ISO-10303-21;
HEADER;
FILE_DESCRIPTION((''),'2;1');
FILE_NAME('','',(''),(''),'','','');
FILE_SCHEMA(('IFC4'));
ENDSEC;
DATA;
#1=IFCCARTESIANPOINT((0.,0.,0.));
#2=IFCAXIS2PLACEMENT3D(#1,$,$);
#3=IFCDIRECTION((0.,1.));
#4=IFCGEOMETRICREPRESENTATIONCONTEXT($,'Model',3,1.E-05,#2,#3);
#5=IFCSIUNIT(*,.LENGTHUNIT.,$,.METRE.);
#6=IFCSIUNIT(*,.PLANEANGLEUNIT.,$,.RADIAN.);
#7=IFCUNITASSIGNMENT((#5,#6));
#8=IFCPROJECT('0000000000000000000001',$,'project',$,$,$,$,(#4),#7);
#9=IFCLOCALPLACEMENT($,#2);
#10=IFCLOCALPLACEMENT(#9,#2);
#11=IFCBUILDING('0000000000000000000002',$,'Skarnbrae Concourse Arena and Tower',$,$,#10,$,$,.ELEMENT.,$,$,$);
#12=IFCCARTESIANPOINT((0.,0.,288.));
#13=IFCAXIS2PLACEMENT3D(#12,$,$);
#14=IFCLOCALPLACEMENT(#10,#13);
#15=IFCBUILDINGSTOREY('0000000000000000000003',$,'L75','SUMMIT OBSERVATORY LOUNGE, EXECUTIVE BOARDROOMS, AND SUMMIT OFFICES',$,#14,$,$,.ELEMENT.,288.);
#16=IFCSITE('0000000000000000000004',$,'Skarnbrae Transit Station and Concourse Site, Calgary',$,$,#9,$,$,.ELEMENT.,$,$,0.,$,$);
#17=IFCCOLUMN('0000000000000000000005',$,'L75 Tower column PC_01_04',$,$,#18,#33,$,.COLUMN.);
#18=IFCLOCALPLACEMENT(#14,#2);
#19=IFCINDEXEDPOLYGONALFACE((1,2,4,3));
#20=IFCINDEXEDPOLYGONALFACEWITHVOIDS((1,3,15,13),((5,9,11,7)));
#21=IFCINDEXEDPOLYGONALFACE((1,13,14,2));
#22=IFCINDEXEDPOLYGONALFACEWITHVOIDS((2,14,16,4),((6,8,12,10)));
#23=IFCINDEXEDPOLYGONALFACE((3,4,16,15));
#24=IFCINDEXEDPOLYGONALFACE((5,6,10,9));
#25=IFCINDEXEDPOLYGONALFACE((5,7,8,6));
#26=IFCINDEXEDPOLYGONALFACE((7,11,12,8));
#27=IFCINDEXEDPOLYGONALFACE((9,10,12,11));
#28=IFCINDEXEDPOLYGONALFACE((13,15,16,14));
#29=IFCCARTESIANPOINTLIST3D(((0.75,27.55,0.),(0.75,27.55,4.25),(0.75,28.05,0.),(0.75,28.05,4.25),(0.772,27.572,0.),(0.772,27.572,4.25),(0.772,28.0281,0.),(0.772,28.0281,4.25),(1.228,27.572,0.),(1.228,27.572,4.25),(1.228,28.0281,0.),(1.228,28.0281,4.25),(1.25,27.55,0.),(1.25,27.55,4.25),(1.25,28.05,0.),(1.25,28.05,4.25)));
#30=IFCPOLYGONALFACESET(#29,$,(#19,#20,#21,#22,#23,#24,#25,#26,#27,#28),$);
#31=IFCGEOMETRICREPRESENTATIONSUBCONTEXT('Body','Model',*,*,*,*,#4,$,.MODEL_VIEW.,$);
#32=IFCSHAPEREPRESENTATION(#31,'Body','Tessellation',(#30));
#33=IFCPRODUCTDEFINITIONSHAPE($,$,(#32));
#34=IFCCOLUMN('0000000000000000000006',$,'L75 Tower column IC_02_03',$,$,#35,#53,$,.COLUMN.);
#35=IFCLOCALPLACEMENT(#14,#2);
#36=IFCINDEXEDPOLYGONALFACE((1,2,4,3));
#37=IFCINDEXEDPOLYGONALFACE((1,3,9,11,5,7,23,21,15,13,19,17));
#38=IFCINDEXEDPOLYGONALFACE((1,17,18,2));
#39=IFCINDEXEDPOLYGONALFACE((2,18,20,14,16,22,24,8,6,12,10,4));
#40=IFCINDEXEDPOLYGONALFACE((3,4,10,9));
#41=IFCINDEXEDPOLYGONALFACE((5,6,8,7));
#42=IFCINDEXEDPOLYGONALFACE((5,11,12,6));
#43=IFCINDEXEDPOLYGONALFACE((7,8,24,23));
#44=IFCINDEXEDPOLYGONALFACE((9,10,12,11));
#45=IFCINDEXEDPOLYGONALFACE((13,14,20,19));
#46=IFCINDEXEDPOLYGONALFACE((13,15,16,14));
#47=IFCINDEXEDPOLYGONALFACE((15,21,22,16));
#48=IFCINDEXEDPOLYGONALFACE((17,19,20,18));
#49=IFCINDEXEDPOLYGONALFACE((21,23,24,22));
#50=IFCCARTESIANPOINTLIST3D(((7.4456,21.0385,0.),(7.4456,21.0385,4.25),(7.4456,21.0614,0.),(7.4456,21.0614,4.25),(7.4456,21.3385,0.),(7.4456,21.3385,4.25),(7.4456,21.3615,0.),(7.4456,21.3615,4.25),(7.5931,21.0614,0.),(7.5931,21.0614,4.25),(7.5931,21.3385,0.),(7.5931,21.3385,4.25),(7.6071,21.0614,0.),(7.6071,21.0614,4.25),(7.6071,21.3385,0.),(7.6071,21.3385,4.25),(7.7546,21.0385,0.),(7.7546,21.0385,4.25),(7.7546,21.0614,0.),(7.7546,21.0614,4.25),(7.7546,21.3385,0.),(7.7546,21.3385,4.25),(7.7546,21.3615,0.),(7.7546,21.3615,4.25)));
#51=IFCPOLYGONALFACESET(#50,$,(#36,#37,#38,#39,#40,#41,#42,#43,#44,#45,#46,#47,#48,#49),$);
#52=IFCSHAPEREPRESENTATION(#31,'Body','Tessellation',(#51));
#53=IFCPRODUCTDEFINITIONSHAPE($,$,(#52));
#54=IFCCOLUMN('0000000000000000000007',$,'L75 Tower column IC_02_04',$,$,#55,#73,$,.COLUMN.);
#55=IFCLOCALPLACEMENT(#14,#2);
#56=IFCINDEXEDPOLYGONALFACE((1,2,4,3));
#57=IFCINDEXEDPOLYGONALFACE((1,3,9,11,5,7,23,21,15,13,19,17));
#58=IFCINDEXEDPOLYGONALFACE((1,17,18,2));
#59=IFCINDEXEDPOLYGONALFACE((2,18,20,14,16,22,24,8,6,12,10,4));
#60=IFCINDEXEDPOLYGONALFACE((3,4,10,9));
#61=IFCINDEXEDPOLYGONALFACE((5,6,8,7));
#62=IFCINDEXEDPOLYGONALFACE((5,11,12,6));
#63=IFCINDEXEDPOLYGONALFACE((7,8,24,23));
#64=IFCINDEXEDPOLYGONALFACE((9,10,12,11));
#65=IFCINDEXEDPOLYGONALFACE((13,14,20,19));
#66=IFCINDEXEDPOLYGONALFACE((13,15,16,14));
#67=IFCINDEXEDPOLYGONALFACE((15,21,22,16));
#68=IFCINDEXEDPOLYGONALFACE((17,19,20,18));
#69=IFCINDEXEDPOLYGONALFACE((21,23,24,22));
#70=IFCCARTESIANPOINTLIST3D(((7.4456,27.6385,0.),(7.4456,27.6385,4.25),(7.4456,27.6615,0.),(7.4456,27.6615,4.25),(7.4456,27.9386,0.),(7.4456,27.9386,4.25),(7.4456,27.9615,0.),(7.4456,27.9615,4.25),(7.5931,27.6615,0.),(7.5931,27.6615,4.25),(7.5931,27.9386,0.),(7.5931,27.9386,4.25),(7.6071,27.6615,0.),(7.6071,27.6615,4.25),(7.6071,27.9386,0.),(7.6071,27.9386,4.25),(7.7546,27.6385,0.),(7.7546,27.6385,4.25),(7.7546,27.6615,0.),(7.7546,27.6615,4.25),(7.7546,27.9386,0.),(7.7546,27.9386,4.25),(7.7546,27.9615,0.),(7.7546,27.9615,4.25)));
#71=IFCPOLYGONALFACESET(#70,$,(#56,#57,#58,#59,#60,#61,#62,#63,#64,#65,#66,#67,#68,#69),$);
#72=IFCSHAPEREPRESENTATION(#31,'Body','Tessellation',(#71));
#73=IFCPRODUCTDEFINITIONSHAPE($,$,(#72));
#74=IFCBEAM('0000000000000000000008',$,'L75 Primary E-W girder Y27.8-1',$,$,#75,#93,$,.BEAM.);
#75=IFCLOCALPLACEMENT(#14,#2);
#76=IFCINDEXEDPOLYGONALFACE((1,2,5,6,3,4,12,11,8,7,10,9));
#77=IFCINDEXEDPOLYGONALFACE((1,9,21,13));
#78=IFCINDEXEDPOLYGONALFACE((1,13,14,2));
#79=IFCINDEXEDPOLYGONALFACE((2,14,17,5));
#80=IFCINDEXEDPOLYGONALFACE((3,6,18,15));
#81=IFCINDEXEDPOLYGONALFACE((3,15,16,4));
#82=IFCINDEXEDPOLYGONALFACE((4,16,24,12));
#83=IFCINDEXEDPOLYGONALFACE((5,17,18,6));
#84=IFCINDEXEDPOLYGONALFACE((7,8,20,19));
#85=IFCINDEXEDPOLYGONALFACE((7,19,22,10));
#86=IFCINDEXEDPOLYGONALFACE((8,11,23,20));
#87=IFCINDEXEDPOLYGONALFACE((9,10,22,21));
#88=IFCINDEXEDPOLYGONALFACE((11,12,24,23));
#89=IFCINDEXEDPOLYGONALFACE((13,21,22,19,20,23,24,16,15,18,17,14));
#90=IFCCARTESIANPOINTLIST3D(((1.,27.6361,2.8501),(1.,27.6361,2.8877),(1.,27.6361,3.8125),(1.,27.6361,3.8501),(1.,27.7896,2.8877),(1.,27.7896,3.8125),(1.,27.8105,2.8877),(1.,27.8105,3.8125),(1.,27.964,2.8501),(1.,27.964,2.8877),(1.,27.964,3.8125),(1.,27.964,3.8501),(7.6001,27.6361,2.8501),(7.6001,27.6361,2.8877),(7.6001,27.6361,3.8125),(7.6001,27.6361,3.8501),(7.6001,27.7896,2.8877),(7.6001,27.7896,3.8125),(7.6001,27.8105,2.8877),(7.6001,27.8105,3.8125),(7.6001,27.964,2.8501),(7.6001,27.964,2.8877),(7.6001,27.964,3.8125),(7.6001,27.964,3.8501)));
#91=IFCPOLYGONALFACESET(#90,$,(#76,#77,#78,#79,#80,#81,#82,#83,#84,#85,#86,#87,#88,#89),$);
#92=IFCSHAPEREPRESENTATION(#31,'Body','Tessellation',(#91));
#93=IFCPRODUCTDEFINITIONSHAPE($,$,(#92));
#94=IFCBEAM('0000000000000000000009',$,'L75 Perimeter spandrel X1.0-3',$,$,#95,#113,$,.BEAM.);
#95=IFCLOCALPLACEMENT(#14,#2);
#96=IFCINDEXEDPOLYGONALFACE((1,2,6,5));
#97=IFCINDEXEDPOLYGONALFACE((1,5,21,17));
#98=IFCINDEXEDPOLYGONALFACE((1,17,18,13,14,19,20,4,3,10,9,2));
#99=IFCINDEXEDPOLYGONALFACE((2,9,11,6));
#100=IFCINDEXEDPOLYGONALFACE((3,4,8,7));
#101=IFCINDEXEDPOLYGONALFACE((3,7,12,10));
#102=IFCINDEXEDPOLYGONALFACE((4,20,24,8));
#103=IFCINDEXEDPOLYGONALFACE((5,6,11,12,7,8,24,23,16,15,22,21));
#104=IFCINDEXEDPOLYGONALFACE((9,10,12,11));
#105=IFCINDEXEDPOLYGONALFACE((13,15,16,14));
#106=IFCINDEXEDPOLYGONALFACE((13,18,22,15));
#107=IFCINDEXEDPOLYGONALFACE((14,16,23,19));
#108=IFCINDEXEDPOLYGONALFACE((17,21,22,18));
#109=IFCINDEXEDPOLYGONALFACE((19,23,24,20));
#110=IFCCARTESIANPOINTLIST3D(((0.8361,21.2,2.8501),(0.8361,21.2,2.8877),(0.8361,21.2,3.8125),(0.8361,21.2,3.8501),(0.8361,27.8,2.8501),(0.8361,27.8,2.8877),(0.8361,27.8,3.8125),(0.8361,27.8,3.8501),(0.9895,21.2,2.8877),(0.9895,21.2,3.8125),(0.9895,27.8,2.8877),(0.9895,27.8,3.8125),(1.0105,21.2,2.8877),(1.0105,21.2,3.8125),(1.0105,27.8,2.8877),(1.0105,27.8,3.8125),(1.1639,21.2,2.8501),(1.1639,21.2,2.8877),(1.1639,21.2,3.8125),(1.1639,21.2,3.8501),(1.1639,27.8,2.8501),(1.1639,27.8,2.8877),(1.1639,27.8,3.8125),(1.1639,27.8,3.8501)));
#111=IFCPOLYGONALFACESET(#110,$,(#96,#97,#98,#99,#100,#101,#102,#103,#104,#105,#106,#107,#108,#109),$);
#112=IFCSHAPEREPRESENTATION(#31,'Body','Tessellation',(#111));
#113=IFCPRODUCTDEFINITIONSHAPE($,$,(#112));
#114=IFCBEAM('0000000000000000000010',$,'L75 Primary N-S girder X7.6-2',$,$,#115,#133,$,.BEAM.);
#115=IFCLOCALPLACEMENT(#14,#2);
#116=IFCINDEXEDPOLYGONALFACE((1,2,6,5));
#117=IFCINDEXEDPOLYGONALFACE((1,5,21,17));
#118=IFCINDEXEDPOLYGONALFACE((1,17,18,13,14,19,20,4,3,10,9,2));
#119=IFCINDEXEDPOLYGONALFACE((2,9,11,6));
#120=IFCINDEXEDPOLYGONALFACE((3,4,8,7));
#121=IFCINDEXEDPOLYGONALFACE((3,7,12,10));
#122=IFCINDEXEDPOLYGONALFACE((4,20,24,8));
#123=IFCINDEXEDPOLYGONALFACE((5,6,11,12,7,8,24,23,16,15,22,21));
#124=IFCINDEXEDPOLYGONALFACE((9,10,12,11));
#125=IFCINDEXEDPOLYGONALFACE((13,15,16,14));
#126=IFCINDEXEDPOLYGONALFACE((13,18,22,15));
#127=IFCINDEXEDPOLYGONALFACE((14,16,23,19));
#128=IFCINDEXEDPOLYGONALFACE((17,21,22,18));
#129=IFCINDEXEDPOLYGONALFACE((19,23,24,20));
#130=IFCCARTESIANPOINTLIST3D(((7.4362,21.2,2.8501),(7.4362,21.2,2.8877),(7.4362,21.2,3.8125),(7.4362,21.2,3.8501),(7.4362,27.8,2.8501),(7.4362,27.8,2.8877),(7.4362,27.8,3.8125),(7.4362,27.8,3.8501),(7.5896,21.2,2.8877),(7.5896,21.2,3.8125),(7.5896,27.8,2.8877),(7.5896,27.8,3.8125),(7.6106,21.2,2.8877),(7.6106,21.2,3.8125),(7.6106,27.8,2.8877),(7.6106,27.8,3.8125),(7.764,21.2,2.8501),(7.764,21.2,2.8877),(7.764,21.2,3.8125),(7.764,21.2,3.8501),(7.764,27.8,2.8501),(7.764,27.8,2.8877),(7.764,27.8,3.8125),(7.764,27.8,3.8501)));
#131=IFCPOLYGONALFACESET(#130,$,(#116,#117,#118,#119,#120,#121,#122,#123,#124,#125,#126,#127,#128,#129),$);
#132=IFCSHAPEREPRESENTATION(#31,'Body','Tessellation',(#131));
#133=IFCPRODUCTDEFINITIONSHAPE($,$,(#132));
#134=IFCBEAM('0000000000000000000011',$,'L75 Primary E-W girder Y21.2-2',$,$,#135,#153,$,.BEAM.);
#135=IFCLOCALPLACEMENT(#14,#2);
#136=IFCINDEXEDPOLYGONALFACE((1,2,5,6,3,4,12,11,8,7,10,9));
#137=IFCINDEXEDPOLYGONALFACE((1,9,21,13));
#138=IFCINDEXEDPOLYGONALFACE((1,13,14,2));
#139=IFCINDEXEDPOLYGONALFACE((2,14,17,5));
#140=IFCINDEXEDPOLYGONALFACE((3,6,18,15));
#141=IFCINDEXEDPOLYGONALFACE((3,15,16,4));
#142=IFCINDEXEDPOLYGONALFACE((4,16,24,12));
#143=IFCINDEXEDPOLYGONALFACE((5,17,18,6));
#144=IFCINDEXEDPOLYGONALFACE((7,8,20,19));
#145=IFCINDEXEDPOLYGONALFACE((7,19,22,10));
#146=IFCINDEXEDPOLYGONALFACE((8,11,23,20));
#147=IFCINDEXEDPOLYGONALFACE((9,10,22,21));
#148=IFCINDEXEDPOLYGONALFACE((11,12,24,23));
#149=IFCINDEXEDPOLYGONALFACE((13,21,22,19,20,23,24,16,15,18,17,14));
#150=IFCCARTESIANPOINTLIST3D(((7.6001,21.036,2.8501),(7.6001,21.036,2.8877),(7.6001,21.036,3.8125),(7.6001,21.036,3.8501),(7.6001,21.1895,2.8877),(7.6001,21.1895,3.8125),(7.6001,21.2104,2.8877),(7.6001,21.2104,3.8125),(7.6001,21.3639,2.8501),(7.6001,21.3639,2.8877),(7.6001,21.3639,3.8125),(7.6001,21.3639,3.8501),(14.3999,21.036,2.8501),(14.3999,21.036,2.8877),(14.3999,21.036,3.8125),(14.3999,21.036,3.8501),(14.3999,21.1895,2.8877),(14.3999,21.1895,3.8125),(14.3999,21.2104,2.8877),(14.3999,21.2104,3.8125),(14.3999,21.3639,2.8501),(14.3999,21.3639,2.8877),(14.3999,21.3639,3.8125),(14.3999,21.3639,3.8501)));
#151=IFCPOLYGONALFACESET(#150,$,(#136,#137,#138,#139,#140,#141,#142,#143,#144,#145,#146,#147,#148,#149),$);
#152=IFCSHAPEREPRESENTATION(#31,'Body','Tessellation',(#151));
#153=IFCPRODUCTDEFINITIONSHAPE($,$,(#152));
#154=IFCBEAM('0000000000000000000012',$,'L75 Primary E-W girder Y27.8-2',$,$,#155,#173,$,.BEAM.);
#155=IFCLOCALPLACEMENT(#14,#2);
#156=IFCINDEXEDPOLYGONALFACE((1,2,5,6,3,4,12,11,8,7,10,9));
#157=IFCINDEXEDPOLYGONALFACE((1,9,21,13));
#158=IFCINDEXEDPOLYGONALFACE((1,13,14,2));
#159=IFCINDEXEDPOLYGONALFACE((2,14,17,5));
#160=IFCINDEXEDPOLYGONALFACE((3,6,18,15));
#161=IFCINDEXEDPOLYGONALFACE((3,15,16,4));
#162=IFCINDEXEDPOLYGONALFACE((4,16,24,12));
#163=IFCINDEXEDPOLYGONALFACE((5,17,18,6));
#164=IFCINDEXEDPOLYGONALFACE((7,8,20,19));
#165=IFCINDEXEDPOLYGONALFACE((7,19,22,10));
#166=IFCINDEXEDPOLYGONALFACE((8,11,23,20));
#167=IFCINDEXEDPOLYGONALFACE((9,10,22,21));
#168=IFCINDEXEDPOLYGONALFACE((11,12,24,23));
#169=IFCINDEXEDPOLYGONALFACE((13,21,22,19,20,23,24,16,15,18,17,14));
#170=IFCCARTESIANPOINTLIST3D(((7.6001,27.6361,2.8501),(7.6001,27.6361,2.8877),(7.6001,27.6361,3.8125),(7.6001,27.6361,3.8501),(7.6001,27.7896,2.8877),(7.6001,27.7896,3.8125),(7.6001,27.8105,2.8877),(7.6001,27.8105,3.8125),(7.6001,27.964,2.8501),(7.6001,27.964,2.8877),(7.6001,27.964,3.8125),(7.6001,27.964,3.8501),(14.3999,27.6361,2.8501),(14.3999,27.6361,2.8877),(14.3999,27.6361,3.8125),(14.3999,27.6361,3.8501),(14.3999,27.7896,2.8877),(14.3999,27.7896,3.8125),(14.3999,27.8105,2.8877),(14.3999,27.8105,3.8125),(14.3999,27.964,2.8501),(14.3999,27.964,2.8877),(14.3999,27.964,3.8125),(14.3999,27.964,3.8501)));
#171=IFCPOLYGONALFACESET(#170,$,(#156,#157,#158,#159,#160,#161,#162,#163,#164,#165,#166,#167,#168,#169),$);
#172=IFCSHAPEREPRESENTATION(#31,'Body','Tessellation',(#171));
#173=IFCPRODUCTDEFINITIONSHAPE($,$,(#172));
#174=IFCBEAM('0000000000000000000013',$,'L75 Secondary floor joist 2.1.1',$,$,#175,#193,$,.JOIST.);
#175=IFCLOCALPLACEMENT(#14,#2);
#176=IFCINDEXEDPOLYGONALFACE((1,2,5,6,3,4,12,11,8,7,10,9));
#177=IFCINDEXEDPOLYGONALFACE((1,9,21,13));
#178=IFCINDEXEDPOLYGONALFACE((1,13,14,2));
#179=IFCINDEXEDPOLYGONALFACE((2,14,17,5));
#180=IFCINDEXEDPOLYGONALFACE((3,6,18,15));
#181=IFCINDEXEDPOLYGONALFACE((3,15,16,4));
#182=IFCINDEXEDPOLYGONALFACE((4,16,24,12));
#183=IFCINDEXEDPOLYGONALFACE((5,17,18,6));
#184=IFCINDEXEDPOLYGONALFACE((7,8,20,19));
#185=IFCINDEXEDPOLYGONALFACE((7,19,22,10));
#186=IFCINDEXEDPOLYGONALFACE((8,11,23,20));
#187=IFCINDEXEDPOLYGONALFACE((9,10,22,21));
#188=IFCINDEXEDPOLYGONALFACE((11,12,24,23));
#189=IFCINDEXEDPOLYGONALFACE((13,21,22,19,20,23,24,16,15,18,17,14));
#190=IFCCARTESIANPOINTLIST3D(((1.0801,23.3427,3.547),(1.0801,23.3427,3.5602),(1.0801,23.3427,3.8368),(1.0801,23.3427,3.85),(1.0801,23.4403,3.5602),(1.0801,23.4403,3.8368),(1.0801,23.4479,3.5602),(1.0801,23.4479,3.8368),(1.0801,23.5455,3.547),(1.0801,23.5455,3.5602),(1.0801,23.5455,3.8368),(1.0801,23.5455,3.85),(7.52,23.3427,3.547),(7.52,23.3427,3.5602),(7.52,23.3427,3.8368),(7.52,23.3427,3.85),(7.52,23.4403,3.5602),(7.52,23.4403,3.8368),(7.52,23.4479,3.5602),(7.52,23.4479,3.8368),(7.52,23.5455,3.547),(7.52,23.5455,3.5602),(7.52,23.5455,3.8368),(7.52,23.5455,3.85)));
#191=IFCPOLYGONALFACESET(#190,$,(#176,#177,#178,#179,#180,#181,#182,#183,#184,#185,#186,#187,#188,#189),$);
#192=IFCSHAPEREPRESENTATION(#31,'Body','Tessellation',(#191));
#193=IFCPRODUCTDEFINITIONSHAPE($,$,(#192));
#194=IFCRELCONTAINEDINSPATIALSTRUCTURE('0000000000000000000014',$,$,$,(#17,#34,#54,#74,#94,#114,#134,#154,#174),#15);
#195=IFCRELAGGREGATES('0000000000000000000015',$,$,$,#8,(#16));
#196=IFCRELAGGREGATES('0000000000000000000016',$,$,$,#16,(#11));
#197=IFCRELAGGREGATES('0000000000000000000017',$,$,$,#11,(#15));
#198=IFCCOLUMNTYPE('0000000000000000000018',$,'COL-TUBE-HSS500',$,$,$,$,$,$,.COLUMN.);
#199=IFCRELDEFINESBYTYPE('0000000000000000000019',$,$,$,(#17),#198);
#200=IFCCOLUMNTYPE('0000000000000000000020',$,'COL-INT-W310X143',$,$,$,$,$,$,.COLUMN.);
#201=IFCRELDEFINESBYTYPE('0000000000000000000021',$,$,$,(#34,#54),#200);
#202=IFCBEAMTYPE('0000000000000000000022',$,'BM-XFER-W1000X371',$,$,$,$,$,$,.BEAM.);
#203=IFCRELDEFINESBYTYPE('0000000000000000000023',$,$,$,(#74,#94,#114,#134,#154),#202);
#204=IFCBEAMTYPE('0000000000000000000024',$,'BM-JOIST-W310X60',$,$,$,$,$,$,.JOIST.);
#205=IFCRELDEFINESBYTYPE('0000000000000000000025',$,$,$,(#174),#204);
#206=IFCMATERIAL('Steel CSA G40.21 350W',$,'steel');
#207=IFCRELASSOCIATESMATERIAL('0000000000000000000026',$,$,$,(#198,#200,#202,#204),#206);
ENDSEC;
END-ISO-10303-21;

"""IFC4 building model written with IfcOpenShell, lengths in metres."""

from ifc_helpers import new_model, si_unit, direction, frame, origin, origin_2d, place, context, subcontext, project, spatial, hollow_rectangle, i_section, extrude, source, transform, mapped, material, material_profile, profile_set, type_object, element, save


model = new_model("IFC4")

# Units and contexts
model_context = context("Model", 3, precision=1e-05, world=origin(), true_north=direction((0.0, 1.0)))
body_context = subcontext(model_context, "Body", "Model", "MODEL_VIEW")
ifc_project = project(units=[si_unit("LENGTHUNIT", "METRE"), si_unit("PLANEANGLEUNIT", "RADIAN")], contexts=[model_context])

# Site, building, storey
site_placement = place(None, origin())
site = spatial("IfcSite", under=ifc_project, at=site_placement, Name="Skarnbrae Transit Station and Concourse Site, Calgary", CompositionType="ELEMENT", RefElevation=0.0)
building_placement = place(site_placement, origin())
building = spatial("IfcBuilding", under=site, at=building_placement, Name="Skarnbrae Concourse Arena and Tower", CompositionType="ELEMENT")
storey_placement = place(building_placement, frame((0.0, 0.0, 288.0)))
storey = spatial("IfcBuildingStorey", under=building, at=storey_placement, Name="L75", Description="SUMMIT OBSERVATORY LOUNGE, EXECUTIVE BOARDROOMS, AND SUMMIT OFFICES", CompositionType="ELEMENT", Elevation=288.0)

# Columns
ifc_material_1 = material(Name="Steel CSA G40.21 350W", Category="steel")
ifc_material_profile_1 = material_profile(ifc_material_1, hollow_rectangle(XDim=0.5, YDim=0.5, WallThickness=0.022, at=origin_2d()), Name="HSS500X500X22.0")
ifc_profile_set_1 = profile_set([ifc_material_profile_1], Name="Steel CSA G40.21 350W")
column_type_1 = type_object("IfcColumnType", Name="COL-TUBE-HSS500", PredefinedType="COLUMN", material=ifc_profile_set_1)
shared_shape_1 = source(origin(), body_context, "Body", "SweptSolid", [
    extrude(hollow_rectangle(XDim=0.5, YDim=0.5, WallThickness=0.022, at=origin_2d()), origin(), (0.0, 0.0, 1.0), 4.25),
])
column_placement = place(storey_placement, frame((1.0, 27.8, 0.0), z_axis=(0.0, 0.0, 1.0), x_axis=(1.0, 0.0, 0.0)))
element("IfcColumn", 1, at=column_placement, inside=storey, type_object=column_type_1, Name="L75 Tower column PC_01_04", PredefinedType="COLUMN", context=body_context, shape_type="MappedRepresentation", body=[
    mapped(shared_shape_1, transform((0.0, 0.0, 0.0))),
])
ifc_material_profile_2 = material_profile(ifc_material_1, i_section(OverallWidth=0.3091, OverallDepth=0.323, WebThickness=0.0139, FlangeThickness=0.0229, at=origin_2d()), Name="W310X143")
ifc_profile_set_2 = profile_set([ifc_material_profile_2], Name="Steel CSA G40.21 350W")
column_type_2 = type_object("IfcColumnType", Name="COL-INT-W310X143", PredefinedType="COLUMN", material=ifc_profile_set_2)
shared_shape_2 = source(origin(), body_context, "Body", "SweptSolid", [
    extrude(i_section(OverallWidth=0.3091, OverallDepth=0.323, WebThickness=0.0139, FlangeThickness=0.0229, at=origin_2d()), origin(), (0.0, 0.0, 1.0), 4.25),
])
for number, where, z_axis, x_axis, name in (
    (2, (7.6001, 21.2, 0.0), (0.0, 0.0, 1.0), (1.0, 0.0, 0.0), "L75 Tower column IC_02_03"),
    (3, (7.6001, 27.8, 0.0), (0.0, 0.0, 1.0), (1.0, 0.0, 0.0), "L75 Tower column IC_02_04"),
):
    element("IfcColumn", number, at=place(storey_placement, frame(where, z_axis=z_axis, x_axis=x_axis)), inside=storey, type_object=column_type_2, Name=name, PredefinedType="COLUMN", context=body_context, shape_type="MappedRepresentation", body=[
        mapped(shared_shape_2, transform((0.0, 0.0, 0.0))),
    ])

# Beams
ifc_material_profile_3 = material_profile(ifc_material_1, i_section(OverallWidth=0.3279, OverallDepth=1.0, WebThickness=0.021, FlangeThickness=0.0376, at=origin_2d()), Name="W1000X371")
ifc_profile_set_3 = profile_set([ifc_material_profile_3], Name="Steel CSA G40.21 350W")
beam_type_1 = type_object("IfcBeamType", Name="BM-XFER-W1000X371", PredefinedType="BEAM", material=ifc_profile_set_3)
shared_shape_3 = source(origin(), body_context, "Body", "SweptSolid", [
    extrude(i_section(OverallWidth=0.3279, OverallDepth=1.0, WebThickness=0.021, FlangeThickness=0.0376, at=origin_2d()), origin(), (0.0, 0.0, 1.0), 6.6001),
])
for number, where, z_axis, x_axis, name in (
    (4, (1.0, 27.8, 3.3501), (1.0, 0.0, 0.0), (0.0, 1.0, 0.0), "L75 Primary E-W girder Y27.8-1"),
    (5, (1.0, 21.2, 3.3501), (0.0, 1.0, 0.0), (-1.0, 0.0, 0.0), "L75 Perimeter spandrel X1.0-3"),
    (6, (7.6001, 21.2, 3.3501), (0.0, 1.0, 0.0), (-1.0, 0.0, 0.0), "L75 Primary N-S girder X7.6-2"),
):
    element("IfcBeam", number, at=place(storey_placement, frame(where, z_axis=z_axis, x_axis=x_axis)), inside=storey, type_object=beam_type_1, Name=name, PredefinedType="BEAM", context=body_context, shape_type="MappedRepresentation", body=[
        mapped(shared_shape_3, transform((0.0, 0.0, 0.0))),
    ])
shared_shape_4 = source(origin(), body_context, "Body", "SweptSolid", [
    extrude(i_section(OverallWidth=0.3279, OverallDepth=1.0, WebThickness=0.021, FlangeThickness=0.0376, at=origin_2d()), origin(), (0.0, 0.0, 1.0), 6.7998),
])
for number, where, z_axis, x_axis, name in (
    (7, (7.6001, 21.2, 3.3501), (1.0, 0.0, 0.0), (0.0, 1.0, 0.0), "L75 Primary E-W girder Y21.2-2"),
    (8, (7.6001, 27.8, 3.3501), (1.0, 0.0, 0.0), (0.0, 1.0, 0.0), "L75 Primary E-W girder Y27.8-2"),
):
    element("IfcBeam", number, at=place(storey_placement, frame(where, z_axis=z_axis, x_axis=x_axis)), inside=storey, type_object=beam_type_1, Name=name, PredefinedType="BEAM", context=body_context, shape_type="MappedRepresentation", body=[
        mapped(shared_shape_4, transform((0.0, 0.0, 0.0))),
    ])
ifc_material_profile_4 = material_profile(ifc_material_1, i_section(OverallWidth=0.2029, OverallDepth=0.303, WebThickness=0.0076, FlangeThickness=0.0132, at=origin_2d()), Name="W310X60")
ifc_profile_set_4 = profile_set([ifc_material_profile_4], Name="Steel CSA G40.21 350W")
beam_type_2 = type_object("IfcBeamType", Name="BM-JOIST-W310X60", PredefinedType="JOIST", material=ifc_profile_set_4)
shared_shape_5 = source(origin(), body_context, "Body", "SweptSolid", [
    extrude(i_section(OverallWidth=0.2029, OverallDepth=0.303, WebThickness=0.0076, FlangeThickness=0.0132, at=origin_2d()), origin(), (0.0, 0.0, 1.0), 6.4399),
])
for number, where, z_axis, x_axis, name in (
    (9, (1.0801, 23.4441, 3.6985), (1.0, 0.0, 0.0), (0.0, 1.0, 0.0), "L75 Secondary floor joist 2.1.1"),
):
    element("IfcBeam", number, at=place(storey_placement, frame(where, z_axis=z_axis, x_axis=x_axis)), inside=storey, type_object=beam_type_2, Name=name, PredefinedType="JOIST", context=body_context, shape_type="MappedRepresentation", body=[
        mapped(shared_shape_5, transform((0.0, 0.0, 0.0))),
    ])

save(model, "model.ifc")
